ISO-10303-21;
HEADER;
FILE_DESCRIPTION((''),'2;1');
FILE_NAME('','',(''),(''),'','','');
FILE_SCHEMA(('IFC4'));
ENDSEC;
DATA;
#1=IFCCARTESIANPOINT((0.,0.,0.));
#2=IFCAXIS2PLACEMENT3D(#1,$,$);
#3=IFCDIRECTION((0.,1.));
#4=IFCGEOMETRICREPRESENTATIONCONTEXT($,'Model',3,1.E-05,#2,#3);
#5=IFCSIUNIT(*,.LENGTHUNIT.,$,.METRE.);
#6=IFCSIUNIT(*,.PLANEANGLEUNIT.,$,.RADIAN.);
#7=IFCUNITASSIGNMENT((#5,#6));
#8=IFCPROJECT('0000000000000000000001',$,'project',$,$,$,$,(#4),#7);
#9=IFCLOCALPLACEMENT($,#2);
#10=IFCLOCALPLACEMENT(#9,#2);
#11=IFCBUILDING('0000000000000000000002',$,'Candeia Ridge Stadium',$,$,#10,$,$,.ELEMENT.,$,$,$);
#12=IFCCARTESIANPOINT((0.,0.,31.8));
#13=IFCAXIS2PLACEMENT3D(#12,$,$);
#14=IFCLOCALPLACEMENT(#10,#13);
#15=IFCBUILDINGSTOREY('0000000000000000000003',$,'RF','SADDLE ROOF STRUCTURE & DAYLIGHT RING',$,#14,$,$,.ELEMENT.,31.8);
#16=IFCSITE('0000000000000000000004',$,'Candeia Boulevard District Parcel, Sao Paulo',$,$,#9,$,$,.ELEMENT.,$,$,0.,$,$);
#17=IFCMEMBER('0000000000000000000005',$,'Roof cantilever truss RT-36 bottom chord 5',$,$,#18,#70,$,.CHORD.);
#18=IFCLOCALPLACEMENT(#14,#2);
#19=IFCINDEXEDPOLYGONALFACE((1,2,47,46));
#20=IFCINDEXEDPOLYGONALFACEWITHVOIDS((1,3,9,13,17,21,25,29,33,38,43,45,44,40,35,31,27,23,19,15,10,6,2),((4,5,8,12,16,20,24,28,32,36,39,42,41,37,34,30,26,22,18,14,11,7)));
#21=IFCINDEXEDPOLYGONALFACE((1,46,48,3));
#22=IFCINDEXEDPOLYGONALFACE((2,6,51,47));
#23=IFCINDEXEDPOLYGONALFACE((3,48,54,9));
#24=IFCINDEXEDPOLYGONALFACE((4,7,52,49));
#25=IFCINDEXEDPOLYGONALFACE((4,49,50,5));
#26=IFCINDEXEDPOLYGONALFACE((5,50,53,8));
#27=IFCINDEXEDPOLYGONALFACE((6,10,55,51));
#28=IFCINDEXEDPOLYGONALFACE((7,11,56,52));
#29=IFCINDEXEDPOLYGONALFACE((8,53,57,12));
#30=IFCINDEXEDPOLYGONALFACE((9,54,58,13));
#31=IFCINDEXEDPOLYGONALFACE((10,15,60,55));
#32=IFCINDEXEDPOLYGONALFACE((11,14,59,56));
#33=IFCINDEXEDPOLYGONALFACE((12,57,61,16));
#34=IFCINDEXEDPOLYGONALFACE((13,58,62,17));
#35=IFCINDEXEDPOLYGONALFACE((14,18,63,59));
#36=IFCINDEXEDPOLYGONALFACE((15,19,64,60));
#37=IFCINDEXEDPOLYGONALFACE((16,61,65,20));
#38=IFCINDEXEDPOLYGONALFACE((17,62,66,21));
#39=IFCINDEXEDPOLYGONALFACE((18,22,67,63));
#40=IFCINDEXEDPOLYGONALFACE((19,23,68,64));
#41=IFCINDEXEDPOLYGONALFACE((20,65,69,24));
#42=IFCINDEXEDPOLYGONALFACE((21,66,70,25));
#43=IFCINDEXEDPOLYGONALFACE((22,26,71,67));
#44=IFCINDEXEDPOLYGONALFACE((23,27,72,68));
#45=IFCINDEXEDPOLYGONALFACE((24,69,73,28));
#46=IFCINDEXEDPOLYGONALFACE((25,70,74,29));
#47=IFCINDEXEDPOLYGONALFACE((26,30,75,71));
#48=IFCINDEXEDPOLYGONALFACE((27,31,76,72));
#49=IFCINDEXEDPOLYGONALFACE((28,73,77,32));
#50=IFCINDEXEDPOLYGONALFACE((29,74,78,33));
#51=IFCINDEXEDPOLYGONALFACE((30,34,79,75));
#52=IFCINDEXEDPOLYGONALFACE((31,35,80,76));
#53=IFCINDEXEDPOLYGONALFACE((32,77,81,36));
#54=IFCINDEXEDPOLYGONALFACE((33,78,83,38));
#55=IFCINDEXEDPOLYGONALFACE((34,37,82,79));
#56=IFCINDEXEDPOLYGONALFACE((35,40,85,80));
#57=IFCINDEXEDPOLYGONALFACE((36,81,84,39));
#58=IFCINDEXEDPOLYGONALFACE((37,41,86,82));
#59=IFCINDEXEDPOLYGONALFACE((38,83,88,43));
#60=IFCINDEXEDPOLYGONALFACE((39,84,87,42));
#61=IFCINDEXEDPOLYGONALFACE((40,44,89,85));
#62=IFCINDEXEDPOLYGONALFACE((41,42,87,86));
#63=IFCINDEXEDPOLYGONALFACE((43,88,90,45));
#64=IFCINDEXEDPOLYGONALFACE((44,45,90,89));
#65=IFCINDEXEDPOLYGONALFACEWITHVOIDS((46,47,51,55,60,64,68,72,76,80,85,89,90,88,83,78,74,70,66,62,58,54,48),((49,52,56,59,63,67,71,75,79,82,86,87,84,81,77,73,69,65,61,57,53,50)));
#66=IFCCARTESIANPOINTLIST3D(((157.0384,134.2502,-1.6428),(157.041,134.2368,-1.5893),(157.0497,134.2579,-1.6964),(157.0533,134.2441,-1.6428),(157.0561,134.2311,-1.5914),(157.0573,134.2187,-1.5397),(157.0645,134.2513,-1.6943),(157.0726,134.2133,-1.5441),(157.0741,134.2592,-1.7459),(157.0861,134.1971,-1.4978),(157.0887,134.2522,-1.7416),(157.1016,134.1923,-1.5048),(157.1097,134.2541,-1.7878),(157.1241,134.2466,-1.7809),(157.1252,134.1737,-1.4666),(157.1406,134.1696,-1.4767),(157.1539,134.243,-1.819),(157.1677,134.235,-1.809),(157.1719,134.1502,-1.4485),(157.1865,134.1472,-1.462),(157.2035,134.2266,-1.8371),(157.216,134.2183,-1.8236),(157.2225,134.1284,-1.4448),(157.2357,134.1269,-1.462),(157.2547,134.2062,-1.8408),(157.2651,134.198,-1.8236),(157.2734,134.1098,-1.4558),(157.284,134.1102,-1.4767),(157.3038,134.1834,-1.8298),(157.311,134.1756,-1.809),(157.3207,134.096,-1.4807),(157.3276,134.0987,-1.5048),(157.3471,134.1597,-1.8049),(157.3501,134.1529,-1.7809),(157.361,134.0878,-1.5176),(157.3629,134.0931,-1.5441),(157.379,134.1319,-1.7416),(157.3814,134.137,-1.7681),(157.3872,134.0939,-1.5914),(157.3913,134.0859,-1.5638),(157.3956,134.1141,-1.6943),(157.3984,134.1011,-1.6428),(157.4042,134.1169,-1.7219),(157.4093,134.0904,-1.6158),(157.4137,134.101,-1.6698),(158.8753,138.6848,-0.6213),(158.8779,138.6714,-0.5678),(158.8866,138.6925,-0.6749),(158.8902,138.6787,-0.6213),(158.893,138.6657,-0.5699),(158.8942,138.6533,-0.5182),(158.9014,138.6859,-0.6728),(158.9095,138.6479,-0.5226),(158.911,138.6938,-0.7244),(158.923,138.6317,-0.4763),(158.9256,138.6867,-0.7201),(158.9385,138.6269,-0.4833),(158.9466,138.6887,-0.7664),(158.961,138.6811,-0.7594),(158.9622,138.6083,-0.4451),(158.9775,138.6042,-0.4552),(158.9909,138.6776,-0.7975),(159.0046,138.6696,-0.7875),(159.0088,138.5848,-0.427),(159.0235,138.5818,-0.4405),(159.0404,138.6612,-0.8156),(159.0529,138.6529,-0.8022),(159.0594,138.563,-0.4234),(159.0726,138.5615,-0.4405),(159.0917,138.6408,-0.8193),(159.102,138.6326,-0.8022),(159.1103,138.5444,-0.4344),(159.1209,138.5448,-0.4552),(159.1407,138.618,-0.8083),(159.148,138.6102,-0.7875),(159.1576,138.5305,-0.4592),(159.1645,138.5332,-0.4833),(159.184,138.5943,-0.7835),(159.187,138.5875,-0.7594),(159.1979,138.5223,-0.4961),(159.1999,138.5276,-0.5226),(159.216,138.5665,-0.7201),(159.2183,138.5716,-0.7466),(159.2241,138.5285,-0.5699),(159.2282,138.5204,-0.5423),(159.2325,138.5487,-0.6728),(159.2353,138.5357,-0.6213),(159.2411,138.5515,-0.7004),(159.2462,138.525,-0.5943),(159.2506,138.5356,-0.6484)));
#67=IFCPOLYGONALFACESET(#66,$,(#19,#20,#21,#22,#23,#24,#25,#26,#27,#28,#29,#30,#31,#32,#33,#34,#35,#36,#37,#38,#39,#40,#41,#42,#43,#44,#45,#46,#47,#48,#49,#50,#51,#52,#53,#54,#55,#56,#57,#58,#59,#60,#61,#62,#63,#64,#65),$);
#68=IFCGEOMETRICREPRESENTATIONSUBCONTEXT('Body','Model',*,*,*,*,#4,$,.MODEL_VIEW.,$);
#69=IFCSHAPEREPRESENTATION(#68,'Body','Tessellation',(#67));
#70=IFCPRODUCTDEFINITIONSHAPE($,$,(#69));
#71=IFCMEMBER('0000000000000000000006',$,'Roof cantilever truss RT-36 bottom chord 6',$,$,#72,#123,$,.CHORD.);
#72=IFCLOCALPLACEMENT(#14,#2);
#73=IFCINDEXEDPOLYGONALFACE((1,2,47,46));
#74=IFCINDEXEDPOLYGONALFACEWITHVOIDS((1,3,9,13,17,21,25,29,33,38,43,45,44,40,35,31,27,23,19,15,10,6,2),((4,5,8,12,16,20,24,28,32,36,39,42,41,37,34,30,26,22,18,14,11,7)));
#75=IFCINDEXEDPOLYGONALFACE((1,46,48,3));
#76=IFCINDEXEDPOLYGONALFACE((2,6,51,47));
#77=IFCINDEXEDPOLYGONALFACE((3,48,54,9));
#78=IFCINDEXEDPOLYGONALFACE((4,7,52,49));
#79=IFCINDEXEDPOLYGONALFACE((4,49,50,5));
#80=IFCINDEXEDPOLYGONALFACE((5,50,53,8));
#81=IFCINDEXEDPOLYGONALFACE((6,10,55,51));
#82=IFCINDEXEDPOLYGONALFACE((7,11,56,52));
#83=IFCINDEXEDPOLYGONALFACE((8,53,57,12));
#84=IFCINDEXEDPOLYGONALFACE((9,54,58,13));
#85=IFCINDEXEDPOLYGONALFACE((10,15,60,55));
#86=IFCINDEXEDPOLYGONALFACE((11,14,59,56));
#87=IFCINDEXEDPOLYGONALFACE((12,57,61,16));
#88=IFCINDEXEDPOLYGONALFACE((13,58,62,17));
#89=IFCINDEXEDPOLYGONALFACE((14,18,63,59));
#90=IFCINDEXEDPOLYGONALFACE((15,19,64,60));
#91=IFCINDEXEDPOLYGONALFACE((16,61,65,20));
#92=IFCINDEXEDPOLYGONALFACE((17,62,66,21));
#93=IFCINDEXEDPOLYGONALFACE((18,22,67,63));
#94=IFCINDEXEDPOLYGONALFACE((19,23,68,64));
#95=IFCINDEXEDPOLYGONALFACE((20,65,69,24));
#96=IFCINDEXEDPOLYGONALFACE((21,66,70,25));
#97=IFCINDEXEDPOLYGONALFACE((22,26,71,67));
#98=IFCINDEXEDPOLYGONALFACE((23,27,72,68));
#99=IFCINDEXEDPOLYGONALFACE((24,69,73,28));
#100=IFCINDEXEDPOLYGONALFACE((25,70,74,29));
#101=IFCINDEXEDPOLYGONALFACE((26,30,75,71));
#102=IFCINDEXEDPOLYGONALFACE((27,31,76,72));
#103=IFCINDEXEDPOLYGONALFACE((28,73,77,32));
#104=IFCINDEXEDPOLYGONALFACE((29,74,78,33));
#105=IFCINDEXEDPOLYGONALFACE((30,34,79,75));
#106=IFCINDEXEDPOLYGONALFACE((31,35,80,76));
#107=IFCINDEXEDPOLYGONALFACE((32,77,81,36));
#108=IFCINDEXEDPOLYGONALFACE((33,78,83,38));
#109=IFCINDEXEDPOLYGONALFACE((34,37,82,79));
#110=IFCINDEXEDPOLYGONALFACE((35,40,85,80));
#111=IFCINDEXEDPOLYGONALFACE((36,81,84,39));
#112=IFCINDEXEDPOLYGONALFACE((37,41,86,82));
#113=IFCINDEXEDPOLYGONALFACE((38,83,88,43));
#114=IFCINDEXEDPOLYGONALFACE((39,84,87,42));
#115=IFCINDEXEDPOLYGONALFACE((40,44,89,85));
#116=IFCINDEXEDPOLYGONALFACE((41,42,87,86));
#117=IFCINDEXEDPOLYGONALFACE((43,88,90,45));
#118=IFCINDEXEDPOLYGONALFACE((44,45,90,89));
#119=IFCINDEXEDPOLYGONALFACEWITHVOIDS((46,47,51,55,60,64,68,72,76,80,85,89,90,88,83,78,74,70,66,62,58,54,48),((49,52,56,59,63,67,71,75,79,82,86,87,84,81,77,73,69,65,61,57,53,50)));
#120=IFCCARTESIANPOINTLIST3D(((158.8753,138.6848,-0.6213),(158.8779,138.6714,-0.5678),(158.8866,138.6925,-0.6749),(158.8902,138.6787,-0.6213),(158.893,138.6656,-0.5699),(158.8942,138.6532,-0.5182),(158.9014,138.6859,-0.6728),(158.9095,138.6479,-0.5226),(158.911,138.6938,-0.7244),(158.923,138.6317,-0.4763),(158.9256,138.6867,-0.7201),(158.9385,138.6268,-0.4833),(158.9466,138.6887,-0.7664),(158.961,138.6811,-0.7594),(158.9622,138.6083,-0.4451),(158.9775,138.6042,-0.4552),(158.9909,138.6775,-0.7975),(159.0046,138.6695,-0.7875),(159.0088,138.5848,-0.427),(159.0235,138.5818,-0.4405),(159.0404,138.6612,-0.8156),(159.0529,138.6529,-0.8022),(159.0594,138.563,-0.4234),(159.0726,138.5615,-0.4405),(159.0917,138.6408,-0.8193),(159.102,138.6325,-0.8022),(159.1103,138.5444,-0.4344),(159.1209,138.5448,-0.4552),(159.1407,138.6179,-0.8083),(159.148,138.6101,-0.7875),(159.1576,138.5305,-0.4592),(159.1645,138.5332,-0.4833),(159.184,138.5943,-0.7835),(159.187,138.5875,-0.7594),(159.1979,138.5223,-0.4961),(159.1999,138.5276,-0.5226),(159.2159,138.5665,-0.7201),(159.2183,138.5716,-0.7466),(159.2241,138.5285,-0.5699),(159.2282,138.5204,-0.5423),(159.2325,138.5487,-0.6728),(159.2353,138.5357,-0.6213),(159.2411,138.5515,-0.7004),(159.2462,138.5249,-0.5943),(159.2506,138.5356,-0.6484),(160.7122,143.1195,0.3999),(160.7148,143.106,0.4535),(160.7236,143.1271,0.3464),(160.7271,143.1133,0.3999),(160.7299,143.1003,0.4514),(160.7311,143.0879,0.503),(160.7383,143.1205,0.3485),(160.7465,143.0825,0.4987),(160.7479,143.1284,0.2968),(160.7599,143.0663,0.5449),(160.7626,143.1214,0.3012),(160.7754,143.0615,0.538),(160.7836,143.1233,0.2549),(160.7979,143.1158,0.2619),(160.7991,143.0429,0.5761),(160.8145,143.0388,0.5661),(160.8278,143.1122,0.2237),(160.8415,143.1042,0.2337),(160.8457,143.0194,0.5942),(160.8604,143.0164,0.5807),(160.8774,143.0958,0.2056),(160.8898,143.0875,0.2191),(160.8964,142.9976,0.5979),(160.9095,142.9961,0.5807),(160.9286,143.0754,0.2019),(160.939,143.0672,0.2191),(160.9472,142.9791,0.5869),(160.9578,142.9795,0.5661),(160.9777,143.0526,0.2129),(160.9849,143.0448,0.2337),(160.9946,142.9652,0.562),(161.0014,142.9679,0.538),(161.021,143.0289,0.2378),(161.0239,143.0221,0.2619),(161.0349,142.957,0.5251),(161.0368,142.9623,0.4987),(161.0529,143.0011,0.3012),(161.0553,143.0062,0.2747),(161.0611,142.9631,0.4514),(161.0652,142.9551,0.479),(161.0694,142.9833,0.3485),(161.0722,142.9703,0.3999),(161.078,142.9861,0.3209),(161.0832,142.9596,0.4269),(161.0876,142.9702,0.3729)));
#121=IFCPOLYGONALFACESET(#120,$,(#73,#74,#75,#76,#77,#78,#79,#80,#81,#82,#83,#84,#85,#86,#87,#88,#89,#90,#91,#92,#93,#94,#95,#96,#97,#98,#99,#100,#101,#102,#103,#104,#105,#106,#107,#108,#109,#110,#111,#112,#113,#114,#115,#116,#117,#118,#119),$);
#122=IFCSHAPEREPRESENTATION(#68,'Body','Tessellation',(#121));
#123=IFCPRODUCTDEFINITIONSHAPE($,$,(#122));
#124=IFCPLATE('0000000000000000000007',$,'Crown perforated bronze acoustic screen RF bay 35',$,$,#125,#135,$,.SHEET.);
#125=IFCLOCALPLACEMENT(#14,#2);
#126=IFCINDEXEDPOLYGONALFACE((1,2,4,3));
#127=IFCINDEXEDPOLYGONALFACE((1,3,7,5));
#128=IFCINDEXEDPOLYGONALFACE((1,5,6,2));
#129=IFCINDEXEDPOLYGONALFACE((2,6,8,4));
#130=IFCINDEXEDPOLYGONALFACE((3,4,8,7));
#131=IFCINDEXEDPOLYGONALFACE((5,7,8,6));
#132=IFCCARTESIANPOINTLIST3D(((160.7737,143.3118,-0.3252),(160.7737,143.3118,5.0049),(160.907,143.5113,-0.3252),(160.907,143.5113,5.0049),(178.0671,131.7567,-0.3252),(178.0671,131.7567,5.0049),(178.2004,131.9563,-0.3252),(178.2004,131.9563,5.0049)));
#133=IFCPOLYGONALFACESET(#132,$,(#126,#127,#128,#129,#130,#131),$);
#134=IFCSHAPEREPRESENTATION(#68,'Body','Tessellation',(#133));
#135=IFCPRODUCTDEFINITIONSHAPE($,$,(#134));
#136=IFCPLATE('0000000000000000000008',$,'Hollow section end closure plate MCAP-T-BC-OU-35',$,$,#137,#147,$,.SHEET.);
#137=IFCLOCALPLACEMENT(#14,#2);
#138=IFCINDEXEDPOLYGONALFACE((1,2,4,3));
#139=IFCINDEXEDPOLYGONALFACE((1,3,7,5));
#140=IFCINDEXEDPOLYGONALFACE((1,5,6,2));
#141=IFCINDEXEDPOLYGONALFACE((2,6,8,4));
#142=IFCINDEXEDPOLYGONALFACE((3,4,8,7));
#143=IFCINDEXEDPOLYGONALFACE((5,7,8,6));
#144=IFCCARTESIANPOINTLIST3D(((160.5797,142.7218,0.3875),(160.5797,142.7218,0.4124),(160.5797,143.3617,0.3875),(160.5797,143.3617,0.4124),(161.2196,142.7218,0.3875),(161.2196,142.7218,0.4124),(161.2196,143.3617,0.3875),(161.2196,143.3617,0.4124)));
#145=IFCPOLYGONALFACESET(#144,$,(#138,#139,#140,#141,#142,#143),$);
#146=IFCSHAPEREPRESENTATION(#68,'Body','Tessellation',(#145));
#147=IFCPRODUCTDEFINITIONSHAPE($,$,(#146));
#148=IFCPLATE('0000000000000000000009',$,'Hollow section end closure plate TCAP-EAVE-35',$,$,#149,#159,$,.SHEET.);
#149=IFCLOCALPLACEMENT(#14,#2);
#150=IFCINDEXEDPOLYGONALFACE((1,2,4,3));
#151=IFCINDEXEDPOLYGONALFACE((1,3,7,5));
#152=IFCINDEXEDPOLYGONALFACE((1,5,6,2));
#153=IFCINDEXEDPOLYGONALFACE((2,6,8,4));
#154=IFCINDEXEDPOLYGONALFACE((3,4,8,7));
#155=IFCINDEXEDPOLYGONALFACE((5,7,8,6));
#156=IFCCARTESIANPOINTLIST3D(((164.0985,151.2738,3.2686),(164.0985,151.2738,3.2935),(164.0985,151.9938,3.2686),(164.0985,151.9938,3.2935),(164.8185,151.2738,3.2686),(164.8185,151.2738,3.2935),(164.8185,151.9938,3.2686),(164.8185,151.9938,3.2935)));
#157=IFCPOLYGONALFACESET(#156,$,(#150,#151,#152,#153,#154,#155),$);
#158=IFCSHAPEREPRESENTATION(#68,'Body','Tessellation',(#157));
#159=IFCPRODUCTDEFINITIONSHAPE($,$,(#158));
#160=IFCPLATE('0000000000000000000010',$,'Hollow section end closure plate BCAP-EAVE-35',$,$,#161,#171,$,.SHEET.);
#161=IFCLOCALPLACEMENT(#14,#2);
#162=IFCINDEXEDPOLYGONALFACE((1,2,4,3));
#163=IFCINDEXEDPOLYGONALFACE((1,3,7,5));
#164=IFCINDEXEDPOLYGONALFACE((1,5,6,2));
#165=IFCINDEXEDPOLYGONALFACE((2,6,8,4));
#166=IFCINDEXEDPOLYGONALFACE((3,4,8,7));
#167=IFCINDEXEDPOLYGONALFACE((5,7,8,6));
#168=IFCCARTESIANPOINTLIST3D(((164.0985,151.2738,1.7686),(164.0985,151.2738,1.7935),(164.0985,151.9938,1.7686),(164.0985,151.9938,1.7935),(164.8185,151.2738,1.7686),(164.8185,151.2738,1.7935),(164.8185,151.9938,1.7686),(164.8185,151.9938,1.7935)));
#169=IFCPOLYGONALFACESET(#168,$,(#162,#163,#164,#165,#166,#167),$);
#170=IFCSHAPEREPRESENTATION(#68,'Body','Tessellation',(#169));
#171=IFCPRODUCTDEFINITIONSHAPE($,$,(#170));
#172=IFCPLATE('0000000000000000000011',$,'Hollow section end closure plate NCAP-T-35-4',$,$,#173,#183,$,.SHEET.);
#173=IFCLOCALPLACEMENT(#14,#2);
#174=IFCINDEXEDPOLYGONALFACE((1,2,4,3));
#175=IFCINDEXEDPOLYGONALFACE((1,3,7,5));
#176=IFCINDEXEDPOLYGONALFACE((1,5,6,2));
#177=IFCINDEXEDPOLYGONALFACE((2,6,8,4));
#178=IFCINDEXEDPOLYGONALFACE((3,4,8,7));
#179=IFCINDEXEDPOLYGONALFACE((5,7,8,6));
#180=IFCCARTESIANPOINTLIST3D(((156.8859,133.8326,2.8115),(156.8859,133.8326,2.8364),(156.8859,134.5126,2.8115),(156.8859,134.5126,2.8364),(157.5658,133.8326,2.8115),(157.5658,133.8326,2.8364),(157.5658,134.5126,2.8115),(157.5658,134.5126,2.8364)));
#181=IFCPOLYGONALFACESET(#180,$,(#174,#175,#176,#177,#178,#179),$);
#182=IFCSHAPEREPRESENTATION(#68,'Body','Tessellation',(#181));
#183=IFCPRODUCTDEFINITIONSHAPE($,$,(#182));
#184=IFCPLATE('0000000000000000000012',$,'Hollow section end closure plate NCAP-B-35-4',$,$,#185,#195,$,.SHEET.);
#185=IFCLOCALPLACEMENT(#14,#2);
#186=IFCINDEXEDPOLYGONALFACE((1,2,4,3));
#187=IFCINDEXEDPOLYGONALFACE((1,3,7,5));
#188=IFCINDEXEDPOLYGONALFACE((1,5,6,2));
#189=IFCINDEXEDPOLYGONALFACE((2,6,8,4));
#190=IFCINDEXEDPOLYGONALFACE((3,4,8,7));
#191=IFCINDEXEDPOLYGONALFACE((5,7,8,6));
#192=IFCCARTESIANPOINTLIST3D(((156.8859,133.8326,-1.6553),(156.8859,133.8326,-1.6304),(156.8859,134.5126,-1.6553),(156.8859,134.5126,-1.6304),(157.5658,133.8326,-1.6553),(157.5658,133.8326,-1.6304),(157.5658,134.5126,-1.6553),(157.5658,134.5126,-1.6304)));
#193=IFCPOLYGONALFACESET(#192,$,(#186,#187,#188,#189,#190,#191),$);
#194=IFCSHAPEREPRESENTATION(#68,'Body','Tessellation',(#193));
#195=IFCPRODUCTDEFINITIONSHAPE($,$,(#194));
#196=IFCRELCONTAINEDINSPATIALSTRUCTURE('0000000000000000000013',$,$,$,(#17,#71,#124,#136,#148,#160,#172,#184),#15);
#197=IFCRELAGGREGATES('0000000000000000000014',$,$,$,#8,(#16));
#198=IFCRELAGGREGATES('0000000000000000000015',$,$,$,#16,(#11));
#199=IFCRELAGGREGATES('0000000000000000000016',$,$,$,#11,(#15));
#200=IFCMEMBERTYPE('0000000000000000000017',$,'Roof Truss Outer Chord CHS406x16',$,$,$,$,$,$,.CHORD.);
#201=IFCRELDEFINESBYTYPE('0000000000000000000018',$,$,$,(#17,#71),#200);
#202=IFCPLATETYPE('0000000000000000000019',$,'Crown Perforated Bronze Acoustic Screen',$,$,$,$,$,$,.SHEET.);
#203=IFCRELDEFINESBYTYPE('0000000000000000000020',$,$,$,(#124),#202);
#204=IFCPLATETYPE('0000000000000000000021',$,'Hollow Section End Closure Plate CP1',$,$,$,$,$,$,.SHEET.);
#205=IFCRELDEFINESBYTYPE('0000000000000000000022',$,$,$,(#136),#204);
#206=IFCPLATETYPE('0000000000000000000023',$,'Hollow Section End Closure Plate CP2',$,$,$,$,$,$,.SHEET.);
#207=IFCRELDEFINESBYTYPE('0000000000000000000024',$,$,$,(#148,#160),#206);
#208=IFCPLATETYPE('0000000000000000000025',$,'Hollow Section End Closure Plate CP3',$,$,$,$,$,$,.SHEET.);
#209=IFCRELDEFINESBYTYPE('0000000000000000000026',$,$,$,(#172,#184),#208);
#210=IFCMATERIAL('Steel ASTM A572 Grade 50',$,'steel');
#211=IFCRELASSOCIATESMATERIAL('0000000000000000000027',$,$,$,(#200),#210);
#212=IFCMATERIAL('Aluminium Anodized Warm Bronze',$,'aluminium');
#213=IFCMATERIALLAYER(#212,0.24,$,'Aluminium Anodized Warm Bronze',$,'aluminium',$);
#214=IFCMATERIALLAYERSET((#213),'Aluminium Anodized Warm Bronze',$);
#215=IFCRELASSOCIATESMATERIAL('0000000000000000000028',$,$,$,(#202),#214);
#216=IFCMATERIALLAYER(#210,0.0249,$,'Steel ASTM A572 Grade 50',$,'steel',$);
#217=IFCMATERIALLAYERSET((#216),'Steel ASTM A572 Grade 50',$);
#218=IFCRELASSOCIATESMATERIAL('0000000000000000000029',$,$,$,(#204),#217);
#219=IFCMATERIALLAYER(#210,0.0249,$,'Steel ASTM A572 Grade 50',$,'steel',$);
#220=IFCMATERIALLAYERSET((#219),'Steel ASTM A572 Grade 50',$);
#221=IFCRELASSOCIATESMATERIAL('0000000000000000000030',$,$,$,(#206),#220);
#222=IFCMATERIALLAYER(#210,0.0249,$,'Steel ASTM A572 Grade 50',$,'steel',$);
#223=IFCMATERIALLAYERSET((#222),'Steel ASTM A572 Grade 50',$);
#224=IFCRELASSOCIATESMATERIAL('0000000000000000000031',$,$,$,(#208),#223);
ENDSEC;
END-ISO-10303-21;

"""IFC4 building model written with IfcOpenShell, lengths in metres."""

from ifc_helpers import new_model, si_unit, direction, frame, origin, origin_2d, place, context, subcontext, project, spatial, rectangle, hollow_circle, extrude, material, layer, layer_set, material_profile, profile_set, type_object, element, save


model = new_model("IFC4")

# Units and contexts
model_context = context("Model", 3, precision=1e-05, world=origin(), true_north=direction((0.0, 1.0)))
body_context = subcontext(model_context, "Body", "Model", "MODEL_VIEW")
ifc_project = project(units=[si_unit("LENGTHUNIT", "METRE"), si_unit("PLANEANGLEUNIT", "RADIAN")], contexts=[model_context])

# Site, building, storey
site_placement = place(None, origin())
site = spatial("IfcSite", under=ifc_project, at=site_placement, Name="Candeia Boulevard District Parcel, Sao Paulo", CompositionType="ELEMENT", RefElevation=0.0)
building_placement = place(site_placement, origin())
building = spatial("IfcBuilding", under=site, at=building_placement, Name="Candeia Ridge Stadium", CompositionType="ELEMENT")
storey_placement = place(building_placement, frame((0.0, 0.0, 31.8)))
storey = spatial("IfcBuildingStorey", under=building, at=storey_placement, Name="RF", Description="SADDLE ROOF STRUCTURE & DAYLIGHT RING", CompositionType="ELEMENT", Elevation=31.8)

# Shared definitions
ifc_material_1 = material(Name="Steel ASTM A572 Grade 50", Category="steel")

# Members
ifc_material_profile_1 = material_profile(ifc_material_1, hollow_circle(Radius=0.2029, WallThickness=0.0161, at=origin_2d()), Name="CHS406x16", Category="steel")
ifc_profile_set_1 = profile_set([ifc_material_profile_1], Name="Steel ASTM A572 Grade 50")
member_type_1 = type_object("IfcMemberType", Name="Roof Truss Outer Chord CHS406x16", PredefinedType="CHORD", material=ifc_profile_set_1)
for number, where, z_axis, x_axis, name in (
    (1, (157.2258, 134.1726, -1.6428), (0.374311, 0.90364, 0.20815), (-0.923875, 0.382693, 0.0), "Roof cantilever truss RT-36 bottom chord 5"),
    (2, (159.0627, 138.6072, -0.6213), (0.374315, 0.903649, 0.208102), (-0.923875, 0.382693, 0.0), "Roof cantilever truss RT-36 bottom chord 6"),
):
    element("IfcMember", number, at=place(storey_placement, frame(where, z_axis=z_axis, x_axis=x_axis)), inside=storey, type_object=member_type_1, Name=name, PredefinedType="CHORD", context=body_context, shape_type="SweptSolid", body=[
        extrude(hollow_circle(Radius=0.2029, WallThickness=0.0161, at=origin_2d()), origin(), (0.0, 0.0, 1.0), 4.9075),
    ])

# Plates
ifc_material_2 = material(Name="Aluminium Anodized Warm Bronze", Category="aluminium")
ifc_layer_1 = layer(ifc_material_2, 0.24, Name="Aluminium Anodized Warm Bronze", Category="aluminium")
ifc_layer_set_1 = layer_set([ifc_layer_1], Name="Aluminium Anodized Warm Bronze")
plate_type_1 = type_object("IfcPlateType", Name="Crown Perforated Bronze Acoustic Screen", PredefinedType="SHEET", material=ifc_layer_set_1)
plate_1_placement = place(storey_placement, frame((169.4871, 137.634, -0.3252), z_axis=(0.0, 0.0, 1.0), x_axis=(-0.83147, 0.55557, 0.0)))
element("IfcPlate", 3, at=plate_1_placement, inside=storey, type_object=plate_type_1, Name="Crown perforated bronze acoustic screen RF bay 35", PredefinedType="SHEET", context=body_context, shape_type="SweptSolid", body=[
    extrude(rectangle(XDim=20.7986, YDim=0.24, at=origin_2d()), origin(), (0.0, 0.0, 1.0), 5.3301),
])
ifc_layer_2 = layer(ifc_material_1, 0.0249, Name="Steel ASTM A572 Grade 50", Category="steel")
ifc_layer_set_2 = layer_set([ifc_layer_2], Name="Steel ASTM A572 Grade 50")
plate_type_2 = type_object("IfcPlateType", Name="Hollow Section End Closure Plate CP1", PredefinedType="SHEET", material=ifc_layer_set_2)
plate_2_placement = place(storey_placement, frame((160.8997, 143.0417, 0.3875), z_axis=(0.0, 0.0, 1.0), x_axis=(1.0, 0.0, 0.0)))
element("IfcPlate", 4, at=plate_2_placement, inside=storey, type_object=plate_type_2, Name="Hollow section end closure plate MCAP-T-BC-OU-35", PredefinedType="SHEET", context=body_context, shape_type="SweptSolid", body=[
    extrude(rectangle(XDim=0.6399, YDim=0.6399, at=origin_2d()), origin(), (0.0, 0.0, 1.0), 0.0249),
])
ifc_layer_3 = layer(ifc_material_1, 0.0249, Name="Steel ASTM A572 Grade 50", Category="steel")
ifc_layer_set_3 = layer_set([ifc_layer_3], Name="Steel ASTM A572 Grade 50")
plate_type_3 = type_object("IfcPlateType", Name="Hollow Section End Closure Plate CP2", PredefinedType="SHEET", material=ifc_layer_set_3)
for number, where, z_axis, x_axis, name in (
    (5, (164.4585, 151.6338, 3.2686), (0.0, 0.0, 1.0), (1.0, 0.0, 0.0), "Hollow section end closure plate TCAP-EAVE-35"),
    (6, (164.4585, 151.6338, 1.7686), (0.0, 0.0, 1.0), (1.0, 0.0, 0.0), "Hollow section end closure plate BCAP-EAVE-35"),
):
    element("IfcPlate", number, at=place(storey_placement, frame(where, z_axis=z_axis, x_axis=x_axis)), inside=storey, type_object=plate_type_3, Name=name, PredefinedType="SHEET", context=body_context, shape_type="SweptSolid", body=[
        extrude(rectangle(XDim=0.72, YDim=0.72, at=origin_2d()), origin(), (0.0, 0.0, 1.0), 0.0249),
    ])
ifc_layer_4 = layer(ifc_material_1, 0.0249, Name="Steel ASTM A572 Grade 50", Category="steel")
ifc_layer_set_4 = layer_set([ifc_layer_4], Name="Steel ASTM A572 Grade 50")
plate_type_4 = type_object("IfcPlateType", Name="Hollow Section End Closure Plate CP3", PredefinedType="SHEET", material=ifc_layer_set_4)
for number, where, z_axis, x_axis, name in (
    (7, (157.2258, 134.1726, 2.8115), (0.0, 0.0, 1.0), (1.0, 0.0, 0.0), "Hollow section end closure plate NCAP-T-35-4"),
    (8, (157.2258, 134.1726, -1.6553), (0.0, 0.0, 1.0), (1.0, 0.0, 0.0), "Hollow section end closure plate NCAP-B-35-4"),
):
    element("IfcPlate", number, at=place(storey_placement, frame(where, z_axis=z_axis, x_axis=x_axis)), inside=storey, type_object=plate_type_4, Name=name, PredefinedType="SHEET", context=body_context, shape_type="SweptSolid", body=[
        extrude(rectangle(XDim=0.6799, YDim=0.6799, at=origin_2d()), origin(), (0.0, 0.0, 1.0), 0.0249),
    ])

save(model, "model.ifc")
